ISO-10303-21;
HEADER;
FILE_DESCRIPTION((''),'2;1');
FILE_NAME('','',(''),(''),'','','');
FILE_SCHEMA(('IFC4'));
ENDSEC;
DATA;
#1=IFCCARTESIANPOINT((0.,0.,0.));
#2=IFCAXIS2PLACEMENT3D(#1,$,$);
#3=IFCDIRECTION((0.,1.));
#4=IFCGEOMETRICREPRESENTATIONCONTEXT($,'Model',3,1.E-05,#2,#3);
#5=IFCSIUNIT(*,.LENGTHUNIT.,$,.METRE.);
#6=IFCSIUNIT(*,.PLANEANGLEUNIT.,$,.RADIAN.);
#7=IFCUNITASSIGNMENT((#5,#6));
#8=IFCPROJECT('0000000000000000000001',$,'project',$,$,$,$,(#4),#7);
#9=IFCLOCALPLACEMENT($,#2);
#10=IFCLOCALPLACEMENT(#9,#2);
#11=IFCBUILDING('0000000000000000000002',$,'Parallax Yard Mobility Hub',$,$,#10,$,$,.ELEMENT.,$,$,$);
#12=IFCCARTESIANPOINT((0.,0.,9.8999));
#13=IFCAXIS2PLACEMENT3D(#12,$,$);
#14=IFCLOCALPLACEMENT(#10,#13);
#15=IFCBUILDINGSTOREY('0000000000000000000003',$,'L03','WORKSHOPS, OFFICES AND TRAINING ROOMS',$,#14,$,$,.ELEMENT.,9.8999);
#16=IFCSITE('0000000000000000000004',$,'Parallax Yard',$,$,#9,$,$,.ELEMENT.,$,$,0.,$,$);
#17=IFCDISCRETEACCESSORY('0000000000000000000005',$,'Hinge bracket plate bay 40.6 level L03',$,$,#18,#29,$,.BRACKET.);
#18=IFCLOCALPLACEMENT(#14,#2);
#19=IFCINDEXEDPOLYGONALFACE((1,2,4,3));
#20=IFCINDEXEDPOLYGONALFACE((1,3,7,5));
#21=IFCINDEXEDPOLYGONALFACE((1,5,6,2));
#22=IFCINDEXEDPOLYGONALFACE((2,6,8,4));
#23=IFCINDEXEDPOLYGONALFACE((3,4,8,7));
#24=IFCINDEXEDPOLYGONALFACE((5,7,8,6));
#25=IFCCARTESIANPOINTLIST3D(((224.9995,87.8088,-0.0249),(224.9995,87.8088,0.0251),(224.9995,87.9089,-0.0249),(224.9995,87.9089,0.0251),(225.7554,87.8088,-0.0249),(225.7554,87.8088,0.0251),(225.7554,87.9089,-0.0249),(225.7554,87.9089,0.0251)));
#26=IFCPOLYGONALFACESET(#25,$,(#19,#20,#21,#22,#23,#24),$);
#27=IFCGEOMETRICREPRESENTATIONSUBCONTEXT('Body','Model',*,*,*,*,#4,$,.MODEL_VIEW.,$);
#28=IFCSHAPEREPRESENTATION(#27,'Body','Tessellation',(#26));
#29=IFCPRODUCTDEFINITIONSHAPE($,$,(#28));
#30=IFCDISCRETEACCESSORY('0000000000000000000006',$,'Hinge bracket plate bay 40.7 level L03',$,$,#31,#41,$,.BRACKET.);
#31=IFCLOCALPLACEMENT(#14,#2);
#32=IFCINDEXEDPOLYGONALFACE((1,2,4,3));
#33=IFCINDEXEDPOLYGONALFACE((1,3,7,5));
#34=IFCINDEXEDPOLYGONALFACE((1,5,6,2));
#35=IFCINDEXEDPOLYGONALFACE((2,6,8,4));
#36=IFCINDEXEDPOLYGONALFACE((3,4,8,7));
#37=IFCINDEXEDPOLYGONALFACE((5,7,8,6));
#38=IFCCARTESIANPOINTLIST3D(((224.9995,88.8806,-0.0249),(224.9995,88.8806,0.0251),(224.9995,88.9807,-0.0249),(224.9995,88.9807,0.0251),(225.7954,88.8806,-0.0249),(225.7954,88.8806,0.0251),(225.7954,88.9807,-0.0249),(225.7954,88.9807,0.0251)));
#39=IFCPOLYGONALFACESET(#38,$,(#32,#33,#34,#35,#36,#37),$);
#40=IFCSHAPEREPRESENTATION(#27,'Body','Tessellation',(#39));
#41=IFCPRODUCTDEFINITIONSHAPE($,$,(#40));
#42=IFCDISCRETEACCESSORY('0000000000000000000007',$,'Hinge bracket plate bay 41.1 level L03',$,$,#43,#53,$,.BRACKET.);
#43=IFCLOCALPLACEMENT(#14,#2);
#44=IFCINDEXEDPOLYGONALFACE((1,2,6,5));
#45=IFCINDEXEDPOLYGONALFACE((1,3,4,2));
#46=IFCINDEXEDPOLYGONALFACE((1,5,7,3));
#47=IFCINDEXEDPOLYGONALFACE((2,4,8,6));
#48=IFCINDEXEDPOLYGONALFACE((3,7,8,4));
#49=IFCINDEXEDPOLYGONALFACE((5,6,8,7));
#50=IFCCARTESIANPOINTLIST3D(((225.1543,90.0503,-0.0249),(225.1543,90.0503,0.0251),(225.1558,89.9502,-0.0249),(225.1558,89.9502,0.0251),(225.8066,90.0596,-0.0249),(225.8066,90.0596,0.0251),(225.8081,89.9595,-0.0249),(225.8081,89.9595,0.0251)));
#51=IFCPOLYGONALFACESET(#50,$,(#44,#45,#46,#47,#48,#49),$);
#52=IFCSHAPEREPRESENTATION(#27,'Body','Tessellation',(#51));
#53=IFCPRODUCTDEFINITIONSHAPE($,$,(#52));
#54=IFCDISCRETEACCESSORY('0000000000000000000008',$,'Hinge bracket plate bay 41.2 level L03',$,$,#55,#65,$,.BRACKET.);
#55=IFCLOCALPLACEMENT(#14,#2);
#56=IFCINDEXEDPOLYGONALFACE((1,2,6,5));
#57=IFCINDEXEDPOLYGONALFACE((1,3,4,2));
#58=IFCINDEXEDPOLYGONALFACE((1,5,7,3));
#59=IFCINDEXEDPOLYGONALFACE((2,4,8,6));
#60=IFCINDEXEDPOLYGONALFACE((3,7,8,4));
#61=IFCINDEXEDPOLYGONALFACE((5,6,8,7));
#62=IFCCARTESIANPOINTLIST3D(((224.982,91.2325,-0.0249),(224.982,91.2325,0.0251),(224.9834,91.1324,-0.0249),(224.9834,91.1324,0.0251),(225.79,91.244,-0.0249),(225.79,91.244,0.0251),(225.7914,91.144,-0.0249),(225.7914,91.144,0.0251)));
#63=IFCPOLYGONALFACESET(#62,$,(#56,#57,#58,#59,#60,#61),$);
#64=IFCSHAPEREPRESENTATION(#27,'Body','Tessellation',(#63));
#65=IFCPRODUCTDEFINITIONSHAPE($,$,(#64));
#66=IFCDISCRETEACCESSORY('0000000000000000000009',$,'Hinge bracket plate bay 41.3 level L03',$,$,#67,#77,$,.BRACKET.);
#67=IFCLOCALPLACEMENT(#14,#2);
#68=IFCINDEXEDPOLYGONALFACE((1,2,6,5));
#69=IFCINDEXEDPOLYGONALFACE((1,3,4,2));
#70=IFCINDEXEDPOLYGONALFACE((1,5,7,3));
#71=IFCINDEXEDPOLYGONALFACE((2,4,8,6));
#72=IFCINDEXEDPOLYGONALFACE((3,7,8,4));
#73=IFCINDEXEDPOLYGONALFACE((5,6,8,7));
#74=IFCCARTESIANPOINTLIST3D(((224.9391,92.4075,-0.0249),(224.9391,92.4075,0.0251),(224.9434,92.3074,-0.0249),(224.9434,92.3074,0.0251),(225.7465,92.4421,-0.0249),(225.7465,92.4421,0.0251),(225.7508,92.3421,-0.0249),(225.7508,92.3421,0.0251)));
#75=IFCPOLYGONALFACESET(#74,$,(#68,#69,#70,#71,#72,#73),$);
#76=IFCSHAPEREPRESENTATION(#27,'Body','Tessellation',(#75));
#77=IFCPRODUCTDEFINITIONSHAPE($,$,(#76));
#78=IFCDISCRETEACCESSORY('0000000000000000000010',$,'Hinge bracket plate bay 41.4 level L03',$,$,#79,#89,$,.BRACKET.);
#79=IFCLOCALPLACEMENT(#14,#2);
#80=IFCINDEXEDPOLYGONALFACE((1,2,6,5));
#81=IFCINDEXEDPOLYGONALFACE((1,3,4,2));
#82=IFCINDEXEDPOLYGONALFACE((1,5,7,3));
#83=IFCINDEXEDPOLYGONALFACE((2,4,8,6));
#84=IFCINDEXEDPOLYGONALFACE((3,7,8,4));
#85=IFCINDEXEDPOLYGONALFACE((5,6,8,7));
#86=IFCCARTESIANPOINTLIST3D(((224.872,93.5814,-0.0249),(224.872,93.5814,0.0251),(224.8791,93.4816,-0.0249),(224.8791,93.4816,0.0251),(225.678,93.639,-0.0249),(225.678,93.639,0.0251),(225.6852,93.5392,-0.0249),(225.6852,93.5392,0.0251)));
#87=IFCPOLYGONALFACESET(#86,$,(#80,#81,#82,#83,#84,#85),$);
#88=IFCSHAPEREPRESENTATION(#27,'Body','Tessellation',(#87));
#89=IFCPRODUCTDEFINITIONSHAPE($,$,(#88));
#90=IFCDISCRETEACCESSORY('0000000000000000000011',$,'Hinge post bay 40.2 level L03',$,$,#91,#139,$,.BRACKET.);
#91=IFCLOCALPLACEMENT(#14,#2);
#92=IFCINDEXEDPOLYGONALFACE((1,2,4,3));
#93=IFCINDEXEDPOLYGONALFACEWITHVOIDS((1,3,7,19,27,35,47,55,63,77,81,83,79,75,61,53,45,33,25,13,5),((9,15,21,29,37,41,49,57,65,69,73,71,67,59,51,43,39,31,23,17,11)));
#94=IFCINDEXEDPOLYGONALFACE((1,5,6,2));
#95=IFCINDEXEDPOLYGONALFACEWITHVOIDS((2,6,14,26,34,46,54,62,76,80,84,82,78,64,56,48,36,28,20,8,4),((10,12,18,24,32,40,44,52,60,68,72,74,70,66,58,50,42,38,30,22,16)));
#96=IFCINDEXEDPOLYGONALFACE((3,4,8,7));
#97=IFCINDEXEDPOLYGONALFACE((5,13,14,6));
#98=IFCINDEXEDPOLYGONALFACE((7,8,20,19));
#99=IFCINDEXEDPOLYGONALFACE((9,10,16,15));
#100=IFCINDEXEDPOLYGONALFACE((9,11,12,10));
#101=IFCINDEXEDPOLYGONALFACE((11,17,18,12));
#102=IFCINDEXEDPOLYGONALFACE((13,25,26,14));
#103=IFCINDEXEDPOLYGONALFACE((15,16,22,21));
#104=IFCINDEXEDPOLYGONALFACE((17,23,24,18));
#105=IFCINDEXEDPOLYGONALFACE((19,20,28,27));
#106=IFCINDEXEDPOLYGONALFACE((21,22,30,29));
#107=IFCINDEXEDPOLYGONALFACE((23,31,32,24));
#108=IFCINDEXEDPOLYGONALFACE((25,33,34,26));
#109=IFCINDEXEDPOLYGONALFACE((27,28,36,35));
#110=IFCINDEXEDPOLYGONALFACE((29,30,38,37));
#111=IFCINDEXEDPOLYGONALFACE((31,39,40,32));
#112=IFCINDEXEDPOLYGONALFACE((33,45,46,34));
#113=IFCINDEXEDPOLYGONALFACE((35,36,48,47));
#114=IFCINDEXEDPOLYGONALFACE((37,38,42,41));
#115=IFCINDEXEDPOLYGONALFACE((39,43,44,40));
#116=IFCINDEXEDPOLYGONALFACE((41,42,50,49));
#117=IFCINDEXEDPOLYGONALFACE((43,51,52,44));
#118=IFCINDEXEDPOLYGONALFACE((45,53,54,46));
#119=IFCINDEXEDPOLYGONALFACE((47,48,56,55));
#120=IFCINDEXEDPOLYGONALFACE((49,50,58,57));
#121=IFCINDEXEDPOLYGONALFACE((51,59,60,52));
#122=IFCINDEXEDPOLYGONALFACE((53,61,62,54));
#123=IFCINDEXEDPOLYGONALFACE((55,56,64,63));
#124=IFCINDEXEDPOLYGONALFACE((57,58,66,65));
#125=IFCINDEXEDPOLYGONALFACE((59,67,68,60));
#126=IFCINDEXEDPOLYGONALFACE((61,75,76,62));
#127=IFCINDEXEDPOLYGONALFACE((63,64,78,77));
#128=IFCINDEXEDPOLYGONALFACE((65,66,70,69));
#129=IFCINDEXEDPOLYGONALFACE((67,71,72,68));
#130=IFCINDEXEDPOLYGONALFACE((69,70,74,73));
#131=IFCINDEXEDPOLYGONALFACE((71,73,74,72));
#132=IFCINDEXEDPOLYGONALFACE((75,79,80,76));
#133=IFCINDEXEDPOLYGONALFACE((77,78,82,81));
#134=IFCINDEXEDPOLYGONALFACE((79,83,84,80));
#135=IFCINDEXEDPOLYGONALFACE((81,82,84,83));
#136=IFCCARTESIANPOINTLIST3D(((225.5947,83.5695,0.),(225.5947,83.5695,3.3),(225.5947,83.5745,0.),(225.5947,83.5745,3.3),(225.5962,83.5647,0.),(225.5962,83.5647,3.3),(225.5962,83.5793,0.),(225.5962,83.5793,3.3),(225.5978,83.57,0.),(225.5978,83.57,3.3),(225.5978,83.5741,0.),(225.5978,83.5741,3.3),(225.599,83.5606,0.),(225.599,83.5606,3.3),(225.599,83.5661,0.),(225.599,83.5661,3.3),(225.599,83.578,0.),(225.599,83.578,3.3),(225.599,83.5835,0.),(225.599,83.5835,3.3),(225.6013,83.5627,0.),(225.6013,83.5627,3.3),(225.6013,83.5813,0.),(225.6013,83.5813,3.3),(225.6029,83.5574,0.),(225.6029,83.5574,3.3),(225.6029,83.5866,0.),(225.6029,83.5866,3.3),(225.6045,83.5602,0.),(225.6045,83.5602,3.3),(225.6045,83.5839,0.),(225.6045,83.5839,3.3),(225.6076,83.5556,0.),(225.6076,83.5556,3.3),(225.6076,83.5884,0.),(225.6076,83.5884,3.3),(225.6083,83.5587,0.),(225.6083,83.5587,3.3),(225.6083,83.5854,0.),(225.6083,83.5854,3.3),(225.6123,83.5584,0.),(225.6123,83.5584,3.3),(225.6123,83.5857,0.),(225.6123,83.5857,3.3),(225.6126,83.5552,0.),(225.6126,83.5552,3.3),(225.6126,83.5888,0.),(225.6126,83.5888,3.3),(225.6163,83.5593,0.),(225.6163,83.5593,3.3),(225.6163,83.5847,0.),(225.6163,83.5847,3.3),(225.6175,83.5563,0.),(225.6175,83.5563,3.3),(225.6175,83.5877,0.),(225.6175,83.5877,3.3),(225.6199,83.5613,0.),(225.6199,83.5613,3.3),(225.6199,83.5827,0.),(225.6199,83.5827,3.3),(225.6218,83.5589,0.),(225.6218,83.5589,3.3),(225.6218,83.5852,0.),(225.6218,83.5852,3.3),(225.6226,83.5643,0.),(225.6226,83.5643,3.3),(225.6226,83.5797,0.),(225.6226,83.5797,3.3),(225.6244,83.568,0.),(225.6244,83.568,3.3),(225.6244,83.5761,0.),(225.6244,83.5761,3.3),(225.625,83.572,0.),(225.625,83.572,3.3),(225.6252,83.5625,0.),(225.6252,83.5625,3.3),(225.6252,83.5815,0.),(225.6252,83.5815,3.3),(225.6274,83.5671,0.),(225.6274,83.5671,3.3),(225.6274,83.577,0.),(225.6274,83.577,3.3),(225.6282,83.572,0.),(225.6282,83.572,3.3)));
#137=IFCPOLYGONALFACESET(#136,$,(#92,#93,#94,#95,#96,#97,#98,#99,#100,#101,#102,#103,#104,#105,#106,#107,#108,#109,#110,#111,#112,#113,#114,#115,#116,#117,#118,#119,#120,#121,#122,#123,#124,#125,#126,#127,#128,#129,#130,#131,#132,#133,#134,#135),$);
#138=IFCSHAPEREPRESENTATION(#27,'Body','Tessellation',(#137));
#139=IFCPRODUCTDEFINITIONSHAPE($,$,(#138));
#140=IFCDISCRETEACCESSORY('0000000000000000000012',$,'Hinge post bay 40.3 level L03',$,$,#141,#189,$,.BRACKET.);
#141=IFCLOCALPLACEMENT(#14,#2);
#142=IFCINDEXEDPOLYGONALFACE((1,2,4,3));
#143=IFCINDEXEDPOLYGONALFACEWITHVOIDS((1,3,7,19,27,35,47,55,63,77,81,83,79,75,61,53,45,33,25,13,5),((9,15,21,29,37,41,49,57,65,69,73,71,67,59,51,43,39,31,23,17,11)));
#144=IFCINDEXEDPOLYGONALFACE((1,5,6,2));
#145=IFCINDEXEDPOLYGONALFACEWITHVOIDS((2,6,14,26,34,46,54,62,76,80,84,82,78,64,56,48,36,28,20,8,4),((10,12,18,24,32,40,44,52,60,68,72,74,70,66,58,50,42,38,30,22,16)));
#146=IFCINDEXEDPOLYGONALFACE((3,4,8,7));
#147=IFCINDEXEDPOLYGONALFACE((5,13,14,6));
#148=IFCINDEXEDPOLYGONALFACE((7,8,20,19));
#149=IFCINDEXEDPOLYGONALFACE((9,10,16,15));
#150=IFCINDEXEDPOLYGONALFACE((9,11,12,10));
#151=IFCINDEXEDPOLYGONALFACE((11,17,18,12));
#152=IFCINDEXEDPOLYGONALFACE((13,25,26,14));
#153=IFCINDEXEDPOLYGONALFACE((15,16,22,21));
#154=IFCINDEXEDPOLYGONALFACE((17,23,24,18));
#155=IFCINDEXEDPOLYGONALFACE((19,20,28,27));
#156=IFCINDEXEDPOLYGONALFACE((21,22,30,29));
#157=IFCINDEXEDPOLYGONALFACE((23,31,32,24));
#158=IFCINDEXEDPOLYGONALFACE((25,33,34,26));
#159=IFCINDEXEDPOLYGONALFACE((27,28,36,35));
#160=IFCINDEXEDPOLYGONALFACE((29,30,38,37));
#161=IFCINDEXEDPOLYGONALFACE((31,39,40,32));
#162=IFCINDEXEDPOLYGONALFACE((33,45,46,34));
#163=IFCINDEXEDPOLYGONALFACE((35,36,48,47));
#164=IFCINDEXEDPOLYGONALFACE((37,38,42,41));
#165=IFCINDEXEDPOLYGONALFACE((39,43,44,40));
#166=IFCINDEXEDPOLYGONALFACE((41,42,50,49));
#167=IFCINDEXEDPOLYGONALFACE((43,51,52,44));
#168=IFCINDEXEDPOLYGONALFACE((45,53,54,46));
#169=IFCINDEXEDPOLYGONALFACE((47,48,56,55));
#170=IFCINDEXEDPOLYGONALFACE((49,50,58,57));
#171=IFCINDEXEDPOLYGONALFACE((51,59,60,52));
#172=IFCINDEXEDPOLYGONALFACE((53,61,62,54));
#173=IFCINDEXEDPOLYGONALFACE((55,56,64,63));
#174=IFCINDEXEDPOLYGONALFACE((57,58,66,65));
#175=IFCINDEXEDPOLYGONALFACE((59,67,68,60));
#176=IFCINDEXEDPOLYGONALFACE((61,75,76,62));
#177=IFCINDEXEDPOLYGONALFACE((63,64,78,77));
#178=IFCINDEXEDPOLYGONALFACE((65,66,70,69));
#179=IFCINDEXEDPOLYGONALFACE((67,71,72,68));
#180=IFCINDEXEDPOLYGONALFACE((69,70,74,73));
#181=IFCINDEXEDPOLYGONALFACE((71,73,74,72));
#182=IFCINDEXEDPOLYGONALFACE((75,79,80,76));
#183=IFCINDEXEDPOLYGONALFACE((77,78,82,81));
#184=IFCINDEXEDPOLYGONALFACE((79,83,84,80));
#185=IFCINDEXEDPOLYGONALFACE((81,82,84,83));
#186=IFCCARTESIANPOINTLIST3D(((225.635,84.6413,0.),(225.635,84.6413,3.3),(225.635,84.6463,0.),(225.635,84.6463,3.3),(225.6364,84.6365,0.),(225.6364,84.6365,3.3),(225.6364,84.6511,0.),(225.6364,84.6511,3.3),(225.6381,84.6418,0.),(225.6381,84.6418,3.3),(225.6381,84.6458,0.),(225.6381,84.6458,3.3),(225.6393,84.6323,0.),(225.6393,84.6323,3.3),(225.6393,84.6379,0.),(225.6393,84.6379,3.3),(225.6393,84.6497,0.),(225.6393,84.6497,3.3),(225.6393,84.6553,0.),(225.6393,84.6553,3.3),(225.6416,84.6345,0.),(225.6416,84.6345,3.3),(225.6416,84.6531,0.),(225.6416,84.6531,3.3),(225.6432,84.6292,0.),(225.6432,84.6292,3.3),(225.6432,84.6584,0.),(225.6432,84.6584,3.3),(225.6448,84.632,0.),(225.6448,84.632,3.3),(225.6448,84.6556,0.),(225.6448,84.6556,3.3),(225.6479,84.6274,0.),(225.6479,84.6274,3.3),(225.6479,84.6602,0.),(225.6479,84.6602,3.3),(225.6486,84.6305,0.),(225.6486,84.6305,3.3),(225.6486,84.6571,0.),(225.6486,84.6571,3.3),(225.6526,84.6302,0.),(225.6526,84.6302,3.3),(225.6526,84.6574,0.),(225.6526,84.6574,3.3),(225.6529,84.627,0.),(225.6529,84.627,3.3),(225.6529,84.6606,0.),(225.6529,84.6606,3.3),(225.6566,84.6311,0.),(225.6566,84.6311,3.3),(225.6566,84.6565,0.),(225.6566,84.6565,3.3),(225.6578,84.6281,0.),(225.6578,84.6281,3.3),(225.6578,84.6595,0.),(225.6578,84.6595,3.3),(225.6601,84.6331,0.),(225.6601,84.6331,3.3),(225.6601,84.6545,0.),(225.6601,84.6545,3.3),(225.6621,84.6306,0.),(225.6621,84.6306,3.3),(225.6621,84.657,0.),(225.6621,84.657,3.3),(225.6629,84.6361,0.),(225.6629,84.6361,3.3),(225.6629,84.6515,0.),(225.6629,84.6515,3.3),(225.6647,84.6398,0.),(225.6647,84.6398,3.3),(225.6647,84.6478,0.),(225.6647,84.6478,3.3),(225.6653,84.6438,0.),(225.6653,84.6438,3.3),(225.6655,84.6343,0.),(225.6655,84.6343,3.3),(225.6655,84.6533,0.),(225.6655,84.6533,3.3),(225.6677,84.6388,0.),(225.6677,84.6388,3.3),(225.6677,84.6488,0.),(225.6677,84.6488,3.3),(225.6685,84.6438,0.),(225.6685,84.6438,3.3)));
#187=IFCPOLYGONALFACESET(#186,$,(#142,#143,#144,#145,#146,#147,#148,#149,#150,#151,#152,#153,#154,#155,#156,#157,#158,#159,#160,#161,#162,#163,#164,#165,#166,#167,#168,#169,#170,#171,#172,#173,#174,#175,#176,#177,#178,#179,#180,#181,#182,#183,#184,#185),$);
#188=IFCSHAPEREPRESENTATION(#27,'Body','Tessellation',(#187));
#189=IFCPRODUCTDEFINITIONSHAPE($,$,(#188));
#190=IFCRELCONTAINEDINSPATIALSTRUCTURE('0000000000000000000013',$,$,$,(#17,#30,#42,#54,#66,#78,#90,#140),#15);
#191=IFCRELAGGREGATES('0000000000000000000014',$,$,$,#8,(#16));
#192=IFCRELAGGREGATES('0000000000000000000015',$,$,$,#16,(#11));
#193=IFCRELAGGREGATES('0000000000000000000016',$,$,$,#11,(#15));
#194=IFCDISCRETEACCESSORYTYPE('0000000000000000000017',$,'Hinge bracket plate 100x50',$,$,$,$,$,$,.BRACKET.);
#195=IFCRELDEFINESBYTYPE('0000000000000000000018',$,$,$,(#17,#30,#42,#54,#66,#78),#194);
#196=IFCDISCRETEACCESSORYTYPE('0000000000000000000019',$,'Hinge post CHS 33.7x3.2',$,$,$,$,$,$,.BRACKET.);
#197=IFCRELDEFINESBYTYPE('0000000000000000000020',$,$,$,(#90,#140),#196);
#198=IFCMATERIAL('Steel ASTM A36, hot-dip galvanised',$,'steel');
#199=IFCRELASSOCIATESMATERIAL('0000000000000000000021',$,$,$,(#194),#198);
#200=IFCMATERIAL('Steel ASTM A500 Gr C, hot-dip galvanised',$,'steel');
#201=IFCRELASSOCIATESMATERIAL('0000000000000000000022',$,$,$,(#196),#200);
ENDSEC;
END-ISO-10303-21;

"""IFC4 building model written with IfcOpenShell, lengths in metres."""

from ifc_helpers import new_model, si_unit, direction, frame, origin, origin_2d, place, context, subcontext, project, spatial, rectangle, hollow_circle, extrude, material, material_profile, profile_set, type_object, element, save


model = new_model("IFC4")

# Units and contexts
model_context = context("Model", 3, precision=1e-05, world=origin(), true_north=direction((0.0, 1.0)))
body_context = subcontext(model_context, "Body", "Model", "MODEL_VIEW")
ifc_project = project(units=[si_unit("LENGTHUNIT", "METRE"), si_unit("PLANEANGLEUNIT", "RADIAN")], contexts=[model_context])

# Site, building, storey
site_placement = place(None, origin())
site = spatial("IfcSite", under=ifc_project, at=site_placement, Name="Parallax Yard", CompositionType="ELEMENT", RefElevation=0.0)
building_placement = place(site_placement, origin())
building = spatial("IfcBuilding", under=site, at=building_placement, Name="Parallax Yard Mobility Hub", CompositionType="ELEMENT")
storey_placement = place(building_placement, frame((0.0, 0.0, 9.8999)))
storey = spatial("IfcBuildingStorey", under=building, at=storey_placement, Name="L03", Description="WORKSHOPS, OFFICES AND TRAINING ROOMS", CompositionType="ELEMENT", Elevation=9.8999)

# Discrete accessories
ifc_material_1 = material(Name="Steel ASTM A36, hot-dip galvanised", Category="steel")
discrete_accessory_type_1 = type_object("IfcDiscreteAccessoryType", Name="Hinge bracket plate 100x50", PredefinedType="BRACKET", material=ifc_material_1)
discrete_accessory_1_placement = place(storey_placement, frame((225.3774, 87.8589, -0.0249), z_axis=(0.0, 0.0, 1.0), x_axis=(1.0, 0.0, 0.0)))
element("IfcDiscreteAccessory", 1, at=discrete_accessory_1_placement, inside=storey, type_object=discrete_accessory_type_1, Name="Hinge bracket plate bay 40.6 level L03", PredefinedType="BRACKET", context=body_context, shape_type="SweptSolid", body=[
    extrude(rectangle(XDim=0.7559, YDim=0.1001, at=origin_2d()), origin(), (0.0, 0.0, 1.0), 0.05),
])
discrete_accessory_2_placement = place(storey_placement, frame((225.3975, 88.9307, -0.0249), z_axis=(0.0, 0.0, 1.0), x_axis=(1.0, 0.0, 0.0)))
element("IfcDiscreteAccessory", 2, at=discrete_accessory_2_placement, inside=storey, type_object=discrete_accessory_type_1, Name="Hinge bracket plate bay 40.7 level L03", PredefinedType="BRACKET", context=body_context, shape_type="SweptSolid", body=[
    extrude(rectangle(XDim=0.7959, YDim=0.1001, at=origin_2d()), origin(), (0.0, 0.0, 1.0), 0.05),
])
discrete_accessory_3_placement = place(storey_placement, frame((225.4812, 90.0049, -0.0249), z_axis=(0.0, 0.0, 1.0), x_axis=(0.999898, 0.01428, 0.0)))
element("IfcDiscreteAccessory", 3, at=discrete_accessory_3_placement, inside=storey, type_object=discrete_accessory_type_1, Name="Hinge bracket plate bay 41.1 level L03", PredefinedType="BRACKET", context=body_context, shape_type="SweptSolid", body=[
    extrude(rectangle(XDim=0.6523, YDim=0.1001, at=origin_2d()), origin(), (0.0, 0.0, 1.0), 0.05),
])
for number, where, z_axis, x_axis, name in (
    (4, (225.3867, 91.1882, -0.0249), (0.0, 0.0, 1.0), (0.999898, 0.01428, 0.0), "Hinge bracket plate bay 41.2 level L03"),
    (5, (225.345, 92.3748, -0.0249), (0.0, 0.0, 1.0), (0.999083, 0.042826, 0.0), "Hinge bracket plate bay 41.3 level L03"),
    (6, (225.2786, 93.5603, -0.0249), (0.0, 0.0, 1.0), (0.997452, 0.071339, 0.0), "Hinge bracket plate bay 41.4 level L03"),
):
    element("IfcDiscreteAccessory", number, at=place(storey_placement, frame(where, z_axis=z_axis, x_axis=x_axis)), inside=storey, type_object=discrete_accessory_type_1, Name=name, PredefinedType="BRACKET", context=body_context, shape_type="SweptSolid", body=[
        extrude(rectangle(XDim=0.8081, YDim=0.1001, at=origin_2d()), origin(), (0.0, 0.0, 1.0), 0.05),
    ])
ifc_material_2 = material(Name="Steel ASTM A500 Gr C, hot-dip galvanised", Category="steel")
ifc_material_profile_1 = material_profile(ifc_material_2, hollow_circle(Radius=0.0168, WallThickness=0.0032, at=origin_2d()), Name="CHS 33.7x3.2")
ifc_profile_set_1 = profile_set([ifc_material_profile_1], Name="Steel ASTM A500 Gr C, hot-dip galvanised")
discrete_accessory_type_2 = type_object("IfcDiscreteAccessoryType", Name="Hinge post CHS 33.7x3.2", PredefinedType="BRACKET", material=ifc_profile_set_1)
for number, where, z_axis, x_axis, name in (
    (7, (225.6113, 83.572, 0.0), (0.0, 0.0, 1.0), (1.0, 0.0, 0.0), "Hinge post bay 40.2 level L03"),
    (8, (225.6516, 84.6438, 0.0), (0.0, 0.0, 1.0), (1.0, 0.0, 0.0), "Hinge post bay 40.3 level L03"),
):
    element("IfcDiscreteAccessory", number, at=place(storey_placement, frame(where, z_axis=z_axis, x_axis=x_axis)), inside=storey, type_object=discrete_accessory_type_2, Name=name, PredefinedType="BRACKET", context=body_context, shape_type="SweptSolid", body=[
        extrude(hollow_circle(Radius=0.0168, WallThickness=0.0032, at=origin_2d()), origin(), (0.0, 0.0, 1.0), 3.3),
    ])

save(model, "model.ifc")
